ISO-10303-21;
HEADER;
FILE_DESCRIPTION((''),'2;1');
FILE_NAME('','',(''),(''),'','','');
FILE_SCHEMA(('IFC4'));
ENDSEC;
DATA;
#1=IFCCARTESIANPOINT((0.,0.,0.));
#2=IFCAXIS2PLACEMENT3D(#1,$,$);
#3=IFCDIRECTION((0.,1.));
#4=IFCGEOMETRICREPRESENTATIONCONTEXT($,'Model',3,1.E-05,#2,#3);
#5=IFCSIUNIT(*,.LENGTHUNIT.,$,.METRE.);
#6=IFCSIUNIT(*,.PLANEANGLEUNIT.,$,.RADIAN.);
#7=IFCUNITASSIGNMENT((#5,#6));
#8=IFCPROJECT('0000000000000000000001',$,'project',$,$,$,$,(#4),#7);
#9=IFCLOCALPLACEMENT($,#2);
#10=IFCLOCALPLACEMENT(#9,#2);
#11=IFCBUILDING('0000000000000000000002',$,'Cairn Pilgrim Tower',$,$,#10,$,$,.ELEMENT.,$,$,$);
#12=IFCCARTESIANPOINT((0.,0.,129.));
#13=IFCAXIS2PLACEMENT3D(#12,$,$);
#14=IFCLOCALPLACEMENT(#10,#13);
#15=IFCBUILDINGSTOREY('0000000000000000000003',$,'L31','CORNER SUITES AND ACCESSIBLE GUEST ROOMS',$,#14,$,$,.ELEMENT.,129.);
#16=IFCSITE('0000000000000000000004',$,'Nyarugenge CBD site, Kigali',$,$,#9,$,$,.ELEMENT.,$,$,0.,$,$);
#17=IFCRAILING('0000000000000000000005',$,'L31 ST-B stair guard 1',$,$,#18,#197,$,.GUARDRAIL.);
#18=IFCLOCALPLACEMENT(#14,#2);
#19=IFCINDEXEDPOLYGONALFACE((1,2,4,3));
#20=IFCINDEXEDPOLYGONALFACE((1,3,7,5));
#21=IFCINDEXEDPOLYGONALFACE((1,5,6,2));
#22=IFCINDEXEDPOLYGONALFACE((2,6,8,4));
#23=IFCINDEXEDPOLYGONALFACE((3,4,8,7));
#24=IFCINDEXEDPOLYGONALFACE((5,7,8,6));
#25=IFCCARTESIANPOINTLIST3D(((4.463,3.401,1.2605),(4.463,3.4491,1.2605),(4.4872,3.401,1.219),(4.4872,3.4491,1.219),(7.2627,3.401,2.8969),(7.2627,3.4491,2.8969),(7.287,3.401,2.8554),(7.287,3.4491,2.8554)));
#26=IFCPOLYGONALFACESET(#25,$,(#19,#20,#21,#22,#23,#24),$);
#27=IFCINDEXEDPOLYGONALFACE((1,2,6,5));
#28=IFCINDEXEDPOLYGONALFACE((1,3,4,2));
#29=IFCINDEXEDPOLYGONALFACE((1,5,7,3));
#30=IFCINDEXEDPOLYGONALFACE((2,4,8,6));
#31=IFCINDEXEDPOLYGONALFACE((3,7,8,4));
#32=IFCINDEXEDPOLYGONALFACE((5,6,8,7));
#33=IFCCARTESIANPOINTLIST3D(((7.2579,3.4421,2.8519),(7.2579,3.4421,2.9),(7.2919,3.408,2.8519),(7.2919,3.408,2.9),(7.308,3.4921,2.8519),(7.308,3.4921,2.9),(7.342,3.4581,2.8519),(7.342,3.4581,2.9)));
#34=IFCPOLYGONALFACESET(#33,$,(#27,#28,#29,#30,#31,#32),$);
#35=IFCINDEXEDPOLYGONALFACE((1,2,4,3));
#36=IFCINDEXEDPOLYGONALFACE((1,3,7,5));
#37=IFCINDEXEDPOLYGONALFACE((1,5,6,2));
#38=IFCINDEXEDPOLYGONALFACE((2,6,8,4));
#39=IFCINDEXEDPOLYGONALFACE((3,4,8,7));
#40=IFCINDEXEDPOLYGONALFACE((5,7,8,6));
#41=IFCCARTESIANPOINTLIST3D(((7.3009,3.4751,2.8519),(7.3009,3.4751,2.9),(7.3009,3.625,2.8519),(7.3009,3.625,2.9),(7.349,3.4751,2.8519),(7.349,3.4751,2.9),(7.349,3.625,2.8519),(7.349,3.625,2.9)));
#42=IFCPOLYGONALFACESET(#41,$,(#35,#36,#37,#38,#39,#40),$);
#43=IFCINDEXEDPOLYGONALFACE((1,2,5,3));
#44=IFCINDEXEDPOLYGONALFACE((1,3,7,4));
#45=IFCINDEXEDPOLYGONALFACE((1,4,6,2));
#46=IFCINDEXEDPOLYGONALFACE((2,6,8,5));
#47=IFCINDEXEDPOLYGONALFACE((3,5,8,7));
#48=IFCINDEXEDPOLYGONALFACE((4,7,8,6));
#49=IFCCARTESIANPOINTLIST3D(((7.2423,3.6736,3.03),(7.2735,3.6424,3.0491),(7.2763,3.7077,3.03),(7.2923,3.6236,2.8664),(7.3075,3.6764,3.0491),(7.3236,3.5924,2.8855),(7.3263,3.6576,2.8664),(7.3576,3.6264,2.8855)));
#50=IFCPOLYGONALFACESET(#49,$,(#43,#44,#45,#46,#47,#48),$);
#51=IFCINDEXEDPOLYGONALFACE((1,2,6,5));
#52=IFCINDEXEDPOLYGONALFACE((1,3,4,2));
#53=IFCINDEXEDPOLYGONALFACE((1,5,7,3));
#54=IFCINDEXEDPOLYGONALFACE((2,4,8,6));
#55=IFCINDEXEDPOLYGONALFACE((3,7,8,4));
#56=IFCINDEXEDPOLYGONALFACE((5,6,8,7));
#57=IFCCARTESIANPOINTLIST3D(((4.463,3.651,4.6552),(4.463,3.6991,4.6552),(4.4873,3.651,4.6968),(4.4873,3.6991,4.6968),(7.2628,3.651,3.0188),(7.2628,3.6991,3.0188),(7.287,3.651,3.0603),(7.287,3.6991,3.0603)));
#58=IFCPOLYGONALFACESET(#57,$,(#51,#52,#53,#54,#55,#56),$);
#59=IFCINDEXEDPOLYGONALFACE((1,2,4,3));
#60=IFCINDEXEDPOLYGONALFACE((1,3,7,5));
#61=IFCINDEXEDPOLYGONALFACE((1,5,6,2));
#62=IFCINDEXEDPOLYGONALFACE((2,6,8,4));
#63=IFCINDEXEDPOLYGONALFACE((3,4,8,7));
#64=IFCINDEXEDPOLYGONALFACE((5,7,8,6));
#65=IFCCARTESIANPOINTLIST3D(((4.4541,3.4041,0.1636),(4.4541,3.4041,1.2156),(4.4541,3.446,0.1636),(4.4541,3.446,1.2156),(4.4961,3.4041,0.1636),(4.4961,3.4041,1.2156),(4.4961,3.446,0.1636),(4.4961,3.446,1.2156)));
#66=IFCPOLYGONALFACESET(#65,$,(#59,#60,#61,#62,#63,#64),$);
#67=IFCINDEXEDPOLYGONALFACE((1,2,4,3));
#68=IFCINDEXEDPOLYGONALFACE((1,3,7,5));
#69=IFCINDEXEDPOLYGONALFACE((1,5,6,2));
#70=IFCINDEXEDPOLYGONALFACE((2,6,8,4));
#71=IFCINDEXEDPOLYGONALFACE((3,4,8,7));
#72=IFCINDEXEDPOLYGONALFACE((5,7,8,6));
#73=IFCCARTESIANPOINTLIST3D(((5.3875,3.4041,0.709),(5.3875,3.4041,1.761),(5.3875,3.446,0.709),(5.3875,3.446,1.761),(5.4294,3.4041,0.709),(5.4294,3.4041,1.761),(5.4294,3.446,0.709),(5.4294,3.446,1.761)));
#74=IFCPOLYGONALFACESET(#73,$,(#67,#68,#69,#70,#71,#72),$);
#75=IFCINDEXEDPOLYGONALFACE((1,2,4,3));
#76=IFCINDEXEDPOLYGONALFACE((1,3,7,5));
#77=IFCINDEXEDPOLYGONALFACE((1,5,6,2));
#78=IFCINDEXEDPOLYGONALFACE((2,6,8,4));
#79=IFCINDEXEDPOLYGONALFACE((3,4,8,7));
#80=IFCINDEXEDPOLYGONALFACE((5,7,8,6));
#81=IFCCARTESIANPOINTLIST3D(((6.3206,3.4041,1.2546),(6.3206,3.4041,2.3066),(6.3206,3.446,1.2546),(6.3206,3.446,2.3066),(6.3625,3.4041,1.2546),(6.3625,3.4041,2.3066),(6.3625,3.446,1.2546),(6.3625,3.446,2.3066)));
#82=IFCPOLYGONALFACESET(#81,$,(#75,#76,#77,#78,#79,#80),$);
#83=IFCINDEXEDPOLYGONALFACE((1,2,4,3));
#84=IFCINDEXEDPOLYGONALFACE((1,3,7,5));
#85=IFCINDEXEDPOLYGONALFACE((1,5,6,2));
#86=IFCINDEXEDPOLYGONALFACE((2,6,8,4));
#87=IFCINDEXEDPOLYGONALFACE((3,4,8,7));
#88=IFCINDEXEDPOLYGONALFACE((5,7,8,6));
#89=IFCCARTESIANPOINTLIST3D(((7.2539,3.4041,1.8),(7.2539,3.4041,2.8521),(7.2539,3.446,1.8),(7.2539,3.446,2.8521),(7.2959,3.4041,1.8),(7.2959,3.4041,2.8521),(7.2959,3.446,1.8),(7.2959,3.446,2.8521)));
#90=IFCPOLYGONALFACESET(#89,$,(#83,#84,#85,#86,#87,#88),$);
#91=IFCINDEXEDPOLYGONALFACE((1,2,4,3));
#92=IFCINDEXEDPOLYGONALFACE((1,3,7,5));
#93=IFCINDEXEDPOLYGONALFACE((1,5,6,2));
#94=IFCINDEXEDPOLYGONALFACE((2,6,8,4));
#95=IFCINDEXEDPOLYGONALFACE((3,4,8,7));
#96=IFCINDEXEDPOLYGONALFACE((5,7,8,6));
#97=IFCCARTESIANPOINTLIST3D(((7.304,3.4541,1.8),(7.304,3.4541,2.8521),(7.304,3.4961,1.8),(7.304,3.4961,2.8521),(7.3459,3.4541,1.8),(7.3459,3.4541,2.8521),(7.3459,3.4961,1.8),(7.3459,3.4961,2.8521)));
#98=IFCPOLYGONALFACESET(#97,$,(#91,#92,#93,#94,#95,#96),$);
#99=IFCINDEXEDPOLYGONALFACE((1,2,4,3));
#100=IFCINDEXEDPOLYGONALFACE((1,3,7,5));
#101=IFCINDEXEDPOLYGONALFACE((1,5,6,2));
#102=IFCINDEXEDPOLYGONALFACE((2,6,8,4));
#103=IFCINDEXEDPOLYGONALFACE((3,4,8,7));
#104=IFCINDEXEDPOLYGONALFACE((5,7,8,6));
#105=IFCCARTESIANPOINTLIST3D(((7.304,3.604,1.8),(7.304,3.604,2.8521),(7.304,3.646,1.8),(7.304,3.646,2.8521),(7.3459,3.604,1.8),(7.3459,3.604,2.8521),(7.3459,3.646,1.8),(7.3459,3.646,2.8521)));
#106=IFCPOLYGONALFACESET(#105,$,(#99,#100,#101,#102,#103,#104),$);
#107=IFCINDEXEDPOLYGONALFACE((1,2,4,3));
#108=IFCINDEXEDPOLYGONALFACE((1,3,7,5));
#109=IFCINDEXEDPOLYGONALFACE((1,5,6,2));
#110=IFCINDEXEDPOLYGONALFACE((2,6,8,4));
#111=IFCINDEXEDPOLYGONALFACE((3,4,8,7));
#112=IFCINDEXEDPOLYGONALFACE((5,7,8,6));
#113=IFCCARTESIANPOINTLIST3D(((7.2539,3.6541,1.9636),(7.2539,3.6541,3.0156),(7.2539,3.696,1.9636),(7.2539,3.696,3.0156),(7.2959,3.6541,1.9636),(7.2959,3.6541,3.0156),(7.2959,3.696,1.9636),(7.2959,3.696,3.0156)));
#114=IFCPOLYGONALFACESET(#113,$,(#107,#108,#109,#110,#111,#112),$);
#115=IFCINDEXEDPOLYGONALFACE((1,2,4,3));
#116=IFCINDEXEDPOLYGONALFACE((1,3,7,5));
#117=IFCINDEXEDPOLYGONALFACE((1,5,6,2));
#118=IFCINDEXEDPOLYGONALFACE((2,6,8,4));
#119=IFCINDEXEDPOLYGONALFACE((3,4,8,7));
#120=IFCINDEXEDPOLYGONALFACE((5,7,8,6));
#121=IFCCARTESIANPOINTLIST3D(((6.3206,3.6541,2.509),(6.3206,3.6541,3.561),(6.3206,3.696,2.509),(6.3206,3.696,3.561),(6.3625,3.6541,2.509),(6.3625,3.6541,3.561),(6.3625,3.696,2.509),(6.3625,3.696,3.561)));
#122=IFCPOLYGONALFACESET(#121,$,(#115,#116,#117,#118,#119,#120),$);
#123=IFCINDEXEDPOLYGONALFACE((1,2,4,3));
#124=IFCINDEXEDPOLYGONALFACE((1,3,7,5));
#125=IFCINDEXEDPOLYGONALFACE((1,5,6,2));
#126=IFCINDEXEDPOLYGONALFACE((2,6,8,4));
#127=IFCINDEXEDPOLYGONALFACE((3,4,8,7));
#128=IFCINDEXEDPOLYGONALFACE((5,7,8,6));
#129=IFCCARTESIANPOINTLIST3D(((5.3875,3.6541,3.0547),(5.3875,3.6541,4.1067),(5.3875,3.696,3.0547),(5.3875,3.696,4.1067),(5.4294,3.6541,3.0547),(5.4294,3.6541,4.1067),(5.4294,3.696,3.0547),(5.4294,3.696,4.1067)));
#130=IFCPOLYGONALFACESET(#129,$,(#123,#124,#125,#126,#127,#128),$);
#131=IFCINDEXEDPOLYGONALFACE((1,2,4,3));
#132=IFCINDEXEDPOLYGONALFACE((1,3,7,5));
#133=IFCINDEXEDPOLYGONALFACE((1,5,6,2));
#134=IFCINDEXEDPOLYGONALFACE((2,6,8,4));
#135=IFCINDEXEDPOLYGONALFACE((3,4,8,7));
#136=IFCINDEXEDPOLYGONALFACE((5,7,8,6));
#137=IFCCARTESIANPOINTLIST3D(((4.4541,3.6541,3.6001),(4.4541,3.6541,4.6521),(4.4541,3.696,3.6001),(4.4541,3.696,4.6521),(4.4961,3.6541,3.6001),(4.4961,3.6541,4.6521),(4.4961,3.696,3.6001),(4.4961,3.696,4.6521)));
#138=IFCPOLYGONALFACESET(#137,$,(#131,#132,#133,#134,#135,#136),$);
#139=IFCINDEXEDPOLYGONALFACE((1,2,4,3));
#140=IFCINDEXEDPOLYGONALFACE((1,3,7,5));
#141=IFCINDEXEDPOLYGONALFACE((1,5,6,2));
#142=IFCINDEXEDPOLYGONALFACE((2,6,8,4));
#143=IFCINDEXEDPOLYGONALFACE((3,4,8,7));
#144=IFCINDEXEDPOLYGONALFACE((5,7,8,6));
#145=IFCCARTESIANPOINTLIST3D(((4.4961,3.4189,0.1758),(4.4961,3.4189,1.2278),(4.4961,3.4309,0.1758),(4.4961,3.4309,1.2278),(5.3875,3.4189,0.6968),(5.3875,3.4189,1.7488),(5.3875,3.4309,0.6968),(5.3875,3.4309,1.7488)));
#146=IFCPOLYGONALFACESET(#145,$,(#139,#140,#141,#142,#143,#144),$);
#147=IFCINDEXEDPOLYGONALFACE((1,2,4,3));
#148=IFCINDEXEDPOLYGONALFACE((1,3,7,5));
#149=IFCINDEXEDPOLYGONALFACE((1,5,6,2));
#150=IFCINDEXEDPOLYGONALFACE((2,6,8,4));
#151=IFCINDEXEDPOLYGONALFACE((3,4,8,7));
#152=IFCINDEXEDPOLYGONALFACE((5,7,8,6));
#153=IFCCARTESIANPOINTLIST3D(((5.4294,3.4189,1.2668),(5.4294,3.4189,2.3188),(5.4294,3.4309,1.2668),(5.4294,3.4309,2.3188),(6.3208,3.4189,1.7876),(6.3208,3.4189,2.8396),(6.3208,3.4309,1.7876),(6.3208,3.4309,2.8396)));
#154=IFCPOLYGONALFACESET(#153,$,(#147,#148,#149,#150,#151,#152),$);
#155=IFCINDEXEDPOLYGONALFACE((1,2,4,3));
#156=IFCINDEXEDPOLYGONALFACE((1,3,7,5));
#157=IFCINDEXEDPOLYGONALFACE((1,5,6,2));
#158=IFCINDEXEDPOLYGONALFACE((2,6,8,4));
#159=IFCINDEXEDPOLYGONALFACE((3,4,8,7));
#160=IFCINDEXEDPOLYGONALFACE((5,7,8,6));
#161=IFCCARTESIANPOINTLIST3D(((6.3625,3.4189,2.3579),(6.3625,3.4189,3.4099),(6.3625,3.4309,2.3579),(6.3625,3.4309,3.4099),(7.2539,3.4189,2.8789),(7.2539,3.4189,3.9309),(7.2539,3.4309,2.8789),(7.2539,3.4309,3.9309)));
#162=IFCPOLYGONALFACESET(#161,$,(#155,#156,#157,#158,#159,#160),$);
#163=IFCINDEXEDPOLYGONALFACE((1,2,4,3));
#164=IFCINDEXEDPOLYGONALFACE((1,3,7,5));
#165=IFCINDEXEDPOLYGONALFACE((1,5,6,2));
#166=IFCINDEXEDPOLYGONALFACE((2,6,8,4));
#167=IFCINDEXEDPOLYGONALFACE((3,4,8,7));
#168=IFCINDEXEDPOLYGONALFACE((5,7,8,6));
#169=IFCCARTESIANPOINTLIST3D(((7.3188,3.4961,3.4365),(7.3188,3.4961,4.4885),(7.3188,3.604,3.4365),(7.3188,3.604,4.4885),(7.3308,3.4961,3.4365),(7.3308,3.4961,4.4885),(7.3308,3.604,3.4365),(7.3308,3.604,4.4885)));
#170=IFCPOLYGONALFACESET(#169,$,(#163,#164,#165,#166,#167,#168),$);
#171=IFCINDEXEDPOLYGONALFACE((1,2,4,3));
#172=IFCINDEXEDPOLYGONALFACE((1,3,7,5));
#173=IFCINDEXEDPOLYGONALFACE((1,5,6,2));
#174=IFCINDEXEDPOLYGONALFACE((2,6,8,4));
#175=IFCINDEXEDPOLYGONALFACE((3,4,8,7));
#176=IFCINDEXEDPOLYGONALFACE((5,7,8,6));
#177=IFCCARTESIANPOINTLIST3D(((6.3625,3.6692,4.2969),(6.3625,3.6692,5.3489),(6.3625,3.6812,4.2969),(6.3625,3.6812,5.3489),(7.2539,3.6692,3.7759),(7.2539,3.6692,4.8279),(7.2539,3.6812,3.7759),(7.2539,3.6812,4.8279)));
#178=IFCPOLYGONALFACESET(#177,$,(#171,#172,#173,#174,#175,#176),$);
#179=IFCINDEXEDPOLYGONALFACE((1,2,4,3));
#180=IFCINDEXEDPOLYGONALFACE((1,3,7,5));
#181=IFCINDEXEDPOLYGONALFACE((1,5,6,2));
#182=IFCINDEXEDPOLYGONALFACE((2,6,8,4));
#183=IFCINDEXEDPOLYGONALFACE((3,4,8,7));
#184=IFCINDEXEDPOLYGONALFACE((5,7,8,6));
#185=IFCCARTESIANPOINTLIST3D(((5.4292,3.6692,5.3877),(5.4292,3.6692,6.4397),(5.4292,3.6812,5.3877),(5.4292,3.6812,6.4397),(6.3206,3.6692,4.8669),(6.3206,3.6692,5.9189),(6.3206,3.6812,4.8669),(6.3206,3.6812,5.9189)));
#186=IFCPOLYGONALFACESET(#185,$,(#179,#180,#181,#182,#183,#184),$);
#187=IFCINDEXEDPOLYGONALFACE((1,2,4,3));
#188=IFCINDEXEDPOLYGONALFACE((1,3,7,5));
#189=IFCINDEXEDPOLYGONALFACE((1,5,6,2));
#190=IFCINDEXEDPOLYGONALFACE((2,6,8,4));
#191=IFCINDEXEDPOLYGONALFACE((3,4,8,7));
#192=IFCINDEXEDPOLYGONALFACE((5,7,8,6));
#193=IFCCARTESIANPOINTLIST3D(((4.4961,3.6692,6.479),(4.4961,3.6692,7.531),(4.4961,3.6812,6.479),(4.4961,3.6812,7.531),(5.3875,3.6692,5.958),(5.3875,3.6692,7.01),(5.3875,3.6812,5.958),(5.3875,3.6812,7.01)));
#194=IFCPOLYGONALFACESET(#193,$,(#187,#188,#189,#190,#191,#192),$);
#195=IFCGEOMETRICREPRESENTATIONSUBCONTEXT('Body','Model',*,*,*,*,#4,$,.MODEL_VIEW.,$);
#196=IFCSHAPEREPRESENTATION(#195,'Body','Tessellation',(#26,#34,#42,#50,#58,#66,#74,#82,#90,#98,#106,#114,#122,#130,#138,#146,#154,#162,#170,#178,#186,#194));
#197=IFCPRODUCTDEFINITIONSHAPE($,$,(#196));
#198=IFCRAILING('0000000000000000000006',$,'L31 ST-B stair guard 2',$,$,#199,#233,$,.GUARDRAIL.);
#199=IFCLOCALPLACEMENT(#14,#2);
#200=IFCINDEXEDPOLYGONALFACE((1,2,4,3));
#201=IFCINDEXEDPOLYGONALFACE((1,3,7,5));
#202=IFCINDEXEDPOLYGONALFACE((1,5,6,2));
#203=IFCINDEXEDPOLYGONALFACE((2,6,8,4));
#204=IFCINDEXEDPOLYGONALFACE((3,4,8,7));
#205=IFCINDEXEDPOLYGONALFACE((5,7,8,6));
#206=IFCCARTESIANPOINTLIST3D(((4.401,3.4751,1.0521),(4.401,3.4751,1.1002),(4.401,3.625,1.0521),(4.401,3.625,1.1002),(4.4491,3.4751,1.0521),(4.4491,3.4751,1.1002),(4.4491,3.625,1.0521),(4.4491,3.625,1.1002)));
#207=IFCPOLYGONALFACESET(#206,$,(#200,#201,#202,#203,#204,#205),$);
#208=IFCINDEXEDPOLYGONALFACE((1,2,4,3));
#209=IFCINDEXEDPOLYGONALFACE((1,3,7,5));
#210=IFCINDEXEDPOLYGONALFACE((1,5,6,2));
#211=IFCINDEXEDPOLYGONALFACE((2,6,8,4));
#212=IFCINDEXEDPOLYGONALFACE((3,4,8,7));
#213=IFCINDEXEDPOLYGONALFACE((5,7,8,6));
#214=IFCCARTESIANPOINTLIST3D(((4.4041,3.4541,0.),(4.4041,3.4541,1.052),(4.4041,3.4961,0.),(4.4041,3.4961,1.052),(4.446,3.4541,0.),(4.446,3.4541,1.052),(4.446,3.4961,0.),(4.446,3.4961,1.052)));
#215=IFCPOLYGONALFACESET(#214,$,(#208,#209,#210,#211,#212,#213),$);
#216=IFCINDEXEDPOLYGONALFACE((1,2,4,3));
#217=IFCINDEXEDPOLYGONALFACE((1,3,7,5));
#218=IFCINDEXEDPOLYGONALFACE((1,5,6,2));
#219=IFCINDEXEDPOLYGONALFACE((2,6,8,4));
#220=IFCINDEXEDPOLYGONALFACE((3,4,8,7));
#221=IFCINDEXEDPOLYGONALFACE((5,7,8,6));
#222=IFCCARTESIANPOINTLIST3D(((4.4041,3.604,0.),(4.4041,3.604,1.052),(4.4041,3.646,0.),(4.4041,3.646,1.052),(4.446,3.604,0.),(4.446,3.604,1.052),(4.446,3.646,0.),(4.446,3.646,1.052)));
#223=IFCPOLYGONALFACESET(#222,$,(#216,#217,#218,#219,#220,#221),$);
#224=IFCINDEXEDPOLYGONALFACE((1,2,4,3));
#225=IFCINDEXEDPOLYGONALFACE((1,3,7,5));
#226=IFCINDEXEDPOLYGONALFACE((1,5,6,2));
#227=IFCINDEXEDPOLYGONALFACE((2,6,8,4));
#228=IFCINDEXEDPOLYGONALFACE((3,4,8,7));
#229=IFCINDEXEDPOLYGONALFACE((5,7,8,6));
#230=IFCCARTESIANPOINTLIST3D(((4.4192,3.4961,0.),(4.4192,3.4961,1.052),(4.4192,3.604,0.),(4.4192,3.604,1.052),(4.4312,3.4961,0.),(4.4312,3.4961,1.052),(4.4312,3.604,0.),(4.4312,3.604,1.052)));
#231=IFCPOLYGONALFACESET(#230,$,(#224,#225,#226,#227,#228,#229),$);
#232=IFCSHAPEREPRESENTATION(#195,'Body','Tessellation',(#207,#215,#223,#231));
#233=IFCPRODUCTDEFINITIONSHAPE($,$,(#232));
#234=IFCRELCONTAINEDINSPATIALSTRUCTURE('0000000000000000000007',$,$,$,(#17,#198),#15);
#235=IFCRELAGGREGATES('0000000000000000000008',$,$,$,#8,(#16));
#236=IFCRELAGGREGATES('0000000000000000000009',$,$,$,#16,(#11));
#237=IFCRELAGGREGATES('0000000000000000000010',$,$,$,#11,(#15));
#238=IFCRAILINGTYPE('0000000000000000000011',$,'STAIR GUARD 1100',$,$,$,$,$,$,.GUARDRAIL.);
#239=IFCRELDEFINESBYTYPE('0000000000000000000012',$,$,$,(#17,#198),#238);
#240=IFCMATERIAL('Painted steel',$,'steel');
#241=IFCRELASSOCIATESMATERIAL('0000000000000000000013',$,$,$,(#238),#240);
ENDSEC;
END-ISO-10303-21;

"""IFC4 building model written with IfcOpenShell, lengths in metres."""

from ifc_helpers import new_model, si_unit, direction, frame, origin, origin_2d, place, context, subcontext, project, spatial, polyline, rectangle, outline, extrude, material, type_object, element, save


model = new_model("IFC4")

# Units and contexts
model_context = context("Model", 3, precision=1e-05, world=origin(), true_north=direction((0.0, 1.0)))
body_context = subcontext(model_context, "Body", "Model", "MODEL_VIEW")
ifc_project = project(units=[si_unit("LENGTHUNIT", "METRE"), si_unit("PLANEANGLEUNIT", "RADIAN")], contexts=[model_context])

# Site, building, storey
site_placement = place(None, origin())
site = spatial("IfcSite", under=ifc_project, at=site_placement, Name="Nyarugenge CBD site, Kigali", CompositionType="ELEMENT", RefElevation=0.0)
building_placement = place(site_placement, origin())
building = spatial("IfcBuilding", under=site, at=building_placement, Name="Cairn Pilgrim Tower", CompositionType="ELEMENT")
storey_placement = place(building_placement, frame((0.0, 0.0, 129.0)))
storey = spatial("IfcBuildingStorey", under=building, at=storey_placement, Name="L31", Description="CORNER SUITES AND ACCESSIBLE GUEST ROOMS", CompositionType="ELEMENT", Elevation=129.0)

# Shared definitions
ifc_material_1 = material(Name="Painted steel", Category="steel")

# Railings
railing_type = type_object("IfcRailingType", Name="STAIR GUARD 1100", PredefinedType="GUARDRAIL", material=ifc_material_1)
railing_1_placement = place(storey_placement, frame((4.4751, 3.425, 0.1636)))
element("IfcRailing", 1, at=railing_1_placement, inside=storey, type_object=railing_type, Name="L31 ST-B stair guard 1", PredefinedType="GUARDRAIL", context=body_context, shape_type="SweptSolid", body=[
    extrude(rectangle(XDim=0.0481, YDim=0.0481, at=origin_2d()), frame((0.0, 0.0, 1.0762), z_axis=(0.863342, 0.0, 0.50462), x_axis=(0.0, 1.0, 0.0)), (0.0, 0.0, 1.0), 3.2429),
    extrude(rectangle(XDim=0.0481, YDim=0.0481, at=origin_2d()), frame((2.7998, 0.0, 2.7124), z_axis=(0.707107, 0.707107, 0.0), x_axis=(-0.707107, 0.707107, 0.0)), (0.0, 0.0, 1.0), 0.0708),
    extrude(rectangle(XDim=0.0481, YDim=0.0481, at=origin_2d()), frame((2.8499, 0.05, 2.7124), z_axis=(0.0, 1.0, 0.0), x_axis=(-1.0, 0.0, 0.0)), (0.0, 0.0, 1.0), 0.1499),
    extrude(rectangle(XDim=0.0481, YDim=0.0481, at=origin_2d()), frame((2.8499, 0.2, 2.7124), z_axis=(-0.280809, 0.280809, 0.917765), x_axis=(-0.707107, -0.707107, 0.0)), (0.0, 0.0, 1.0), 0.1782),
    extrude(rectangle(XDim=0.0481, YDim=0.0481, at=origin_2d()), frame((2.7998, 0.25, 2.876), z_axis=(-0.863342, 0.0, 0.50462), x_axis=(0.0, -1.0, 0.0)), (0.0, 0.0, 1.0), 3.2429),
    extrude(rectangle(XDim=0.042, YDim=0.042, at=origin_2d()), origin(), (0.0, 0.0, 1.0), 1.052),
    extrude(rectangle(XDim=0.042, YDim=0.042, at=origin_2d()), frame((0.9333, 0.0, 0.5454)), (0.0, 0.0, 1.0), 1.052),
    extrude(rectangle(XDim=0.042, YDim=0.042, at=origin_2d()), frame((1.8665, 0.0, 1.0911)), (0.0, 0.0, 1.0), 1.052),
    extrude(rectangle(XDim=0.042, YDim=0.042, at=origin_2d()), frame((2.7998, 0.0, 1.6365)), (0.0, 0.0, 1.0), 1.052),
    extrude(rectangle(XDim=0.042, YDim=0.042, at=origin_2d()), frame((2.8499, 0.05, 1.6365)), (0.0, 0.0, 1.0), 1.052),
    extrude(rectangle(XDim=0.042, YDim=0.042, at=origin_2d()), frame((2.8499, 0.2, 1.6365)), (0.0, 0.0, 1.0), 1.052),
    extrude(rectangle(XDim=0.042, YDim=0.042, at=origin_2d()), frame((2.7998, 0.25, 1.8)), (0.0, 0.0, 1.0), 1.052),
    extrude(rectangle(XDim=0.042, YDim=0.042, at=origin_2d()), frame((1.8665, 0.25, 2.3455)), (0.0, 0.0, 1.0), 1.052),
    extrude(rectangle(XDim=0.042, YDim=0.042, at=origin_2d()), frame((0.9333, 0.25, 2.8911)), (0.0, 0.0, 1.0), 1.052),
    extrude(rectangle(XDim=0.042, YDim=0.042, at=origin_2d()), frame((0.0, 0.25, 3.4365)), (0.0, 0.0, 1.0), 1.052),
    extrude(outline(polyline([(0.021, 0.0122), (0.9124, 0.5332), (0.9124, 1.5852), (0.021, 1.0642), (0.021, 0.0122)])), frame((0.0, 0.0059, 0.0), z_axis=(0.0, -1.0, 0.0), x_axis=(1.0, 0.0, 0.0)), (0.0, 0.0, 1.0), 0.012),
    extrude(outline(polyline([(0.021, 0.5579), (0.9124, 1.0786), (0.9124, 2.1306), (0.021, 1.6099), (0.021, 0.5579)])), frame((0.9333, 0.0059, 0.5454), z_axis=(0.0, -1.0, 0.0), x_axis=(1.0, 0.0, 0.0)), (0.0, 0.0, 1.0), 0.012),
    extrude(outline(polyline([(0.021, 1.1033), (0.9124, 1.6243), (0.9124, 2.6763), (0.021, 2.1553), (0.021, 1.1033)])), frame((1.8665, 0.0059, 1.0911), z_axis=(0.0, -1.0, 0.0), x_axis=(1.0, 0.0, 0.0)), (0.0, 0.0, 1.0), 0.012),
    extrude(outline(polyline([(0.021, 1.6365), (0.1289, 1.6365), (0.1289, 2.6885), (0.021, 2.6885), (0.021, 1.6365)])), frame((2.8438, 0.05, 1.6365), z_axis=(1.0, 0.0, 0.0), x_axis=(0.0, 1.0, 0.0)), (0.0, 0.0, 1.0), 0.012),
    extrude(outline(polyline([(0.021, 1.8123), (0.9124, 2.3333), (0.9124, 3.3853), (0.021, 2.8643), (0.021, 1.8123)])), frame((2.7998, 0.2441, 1.8), z_axis=(0.0, 1.0, 0.0), x_axis=(-1.0, 0.0, 0.0)), (0.0, 0.0, 1.0), 0.012),
    extrude(outline(polyline([(0.021, 2.3579), (0.9124, 2.8787), (0.9124, 3.9307), (0.021, 3.4099), (0.021, 2.3579)])), frame((1.8665, 0.2441, 2.3455), z_axis=(0.0, 1.0, 0.0), x_axis=(-1.0, 0.0, 0.0)), (0.0, 0.0, 1.0), 0.012),
    extrude(outline(polyline([(0.021, 2.9033), (0.9124, 3.4243), (0.9124, 4.4763), (0.021, 3.9553), (0.021, 2.9033)])), frame((0.9333, 0.2441, 2.8911), z_axis=(0.0, 1.0, 0.0), x_axis=(-1.0, 0.0, 0.0)), (0.0, 0.0, 1.0), 0.012),
])
railing_2_placement = place(storey_placement, frame((4.425, 3.4751, 0.0)))
element("IfcRailing", 2, at=railing_2_placement, inside=storey, type_object=railing_type, Name="L31 ST-B stair guard 2", PredefinedType="GUARDRAIL", context=body_context, shape_type="SweptSolid", body=[
    extrude(rectangle(XDim=0.0481, YDim=0.0481, at=origin_2d()), frame((0.0, 0.0, 1.0762), z_axis=(0.0, 1.0, 0.0), x_axis=(-1.0, 0.0, 0.0)), (0.0, 0.0, 1.0), 0.1499),
    extrude(rectangle(XDim=0.042, YDim=0.042, at=origin_2d()), origin(), (0.0, 0.0, 1.0), 1.052),
    extrude(rectangle(XDim=0.042, YDim=0.042, at=origin_2d()), frame((0.0, 0.1499, 0.0)), (0.0, 0.0, 1.0), 1.052),
    extrude(outline(polyline([(0.021, 0.0), (0.1289, 0.0), (0.1289, 1.052), (0.021, 1.052), (0.021, 0.0)])), frame((-0.0059, 0.0, 0.0), z_axis=(1.0, 0.0, 0.0), x_axis=(0.0, 1.0, 0.0)), (0.0, 0.0, 1.0), 0.012),
])

save(model, "model.ifc")
